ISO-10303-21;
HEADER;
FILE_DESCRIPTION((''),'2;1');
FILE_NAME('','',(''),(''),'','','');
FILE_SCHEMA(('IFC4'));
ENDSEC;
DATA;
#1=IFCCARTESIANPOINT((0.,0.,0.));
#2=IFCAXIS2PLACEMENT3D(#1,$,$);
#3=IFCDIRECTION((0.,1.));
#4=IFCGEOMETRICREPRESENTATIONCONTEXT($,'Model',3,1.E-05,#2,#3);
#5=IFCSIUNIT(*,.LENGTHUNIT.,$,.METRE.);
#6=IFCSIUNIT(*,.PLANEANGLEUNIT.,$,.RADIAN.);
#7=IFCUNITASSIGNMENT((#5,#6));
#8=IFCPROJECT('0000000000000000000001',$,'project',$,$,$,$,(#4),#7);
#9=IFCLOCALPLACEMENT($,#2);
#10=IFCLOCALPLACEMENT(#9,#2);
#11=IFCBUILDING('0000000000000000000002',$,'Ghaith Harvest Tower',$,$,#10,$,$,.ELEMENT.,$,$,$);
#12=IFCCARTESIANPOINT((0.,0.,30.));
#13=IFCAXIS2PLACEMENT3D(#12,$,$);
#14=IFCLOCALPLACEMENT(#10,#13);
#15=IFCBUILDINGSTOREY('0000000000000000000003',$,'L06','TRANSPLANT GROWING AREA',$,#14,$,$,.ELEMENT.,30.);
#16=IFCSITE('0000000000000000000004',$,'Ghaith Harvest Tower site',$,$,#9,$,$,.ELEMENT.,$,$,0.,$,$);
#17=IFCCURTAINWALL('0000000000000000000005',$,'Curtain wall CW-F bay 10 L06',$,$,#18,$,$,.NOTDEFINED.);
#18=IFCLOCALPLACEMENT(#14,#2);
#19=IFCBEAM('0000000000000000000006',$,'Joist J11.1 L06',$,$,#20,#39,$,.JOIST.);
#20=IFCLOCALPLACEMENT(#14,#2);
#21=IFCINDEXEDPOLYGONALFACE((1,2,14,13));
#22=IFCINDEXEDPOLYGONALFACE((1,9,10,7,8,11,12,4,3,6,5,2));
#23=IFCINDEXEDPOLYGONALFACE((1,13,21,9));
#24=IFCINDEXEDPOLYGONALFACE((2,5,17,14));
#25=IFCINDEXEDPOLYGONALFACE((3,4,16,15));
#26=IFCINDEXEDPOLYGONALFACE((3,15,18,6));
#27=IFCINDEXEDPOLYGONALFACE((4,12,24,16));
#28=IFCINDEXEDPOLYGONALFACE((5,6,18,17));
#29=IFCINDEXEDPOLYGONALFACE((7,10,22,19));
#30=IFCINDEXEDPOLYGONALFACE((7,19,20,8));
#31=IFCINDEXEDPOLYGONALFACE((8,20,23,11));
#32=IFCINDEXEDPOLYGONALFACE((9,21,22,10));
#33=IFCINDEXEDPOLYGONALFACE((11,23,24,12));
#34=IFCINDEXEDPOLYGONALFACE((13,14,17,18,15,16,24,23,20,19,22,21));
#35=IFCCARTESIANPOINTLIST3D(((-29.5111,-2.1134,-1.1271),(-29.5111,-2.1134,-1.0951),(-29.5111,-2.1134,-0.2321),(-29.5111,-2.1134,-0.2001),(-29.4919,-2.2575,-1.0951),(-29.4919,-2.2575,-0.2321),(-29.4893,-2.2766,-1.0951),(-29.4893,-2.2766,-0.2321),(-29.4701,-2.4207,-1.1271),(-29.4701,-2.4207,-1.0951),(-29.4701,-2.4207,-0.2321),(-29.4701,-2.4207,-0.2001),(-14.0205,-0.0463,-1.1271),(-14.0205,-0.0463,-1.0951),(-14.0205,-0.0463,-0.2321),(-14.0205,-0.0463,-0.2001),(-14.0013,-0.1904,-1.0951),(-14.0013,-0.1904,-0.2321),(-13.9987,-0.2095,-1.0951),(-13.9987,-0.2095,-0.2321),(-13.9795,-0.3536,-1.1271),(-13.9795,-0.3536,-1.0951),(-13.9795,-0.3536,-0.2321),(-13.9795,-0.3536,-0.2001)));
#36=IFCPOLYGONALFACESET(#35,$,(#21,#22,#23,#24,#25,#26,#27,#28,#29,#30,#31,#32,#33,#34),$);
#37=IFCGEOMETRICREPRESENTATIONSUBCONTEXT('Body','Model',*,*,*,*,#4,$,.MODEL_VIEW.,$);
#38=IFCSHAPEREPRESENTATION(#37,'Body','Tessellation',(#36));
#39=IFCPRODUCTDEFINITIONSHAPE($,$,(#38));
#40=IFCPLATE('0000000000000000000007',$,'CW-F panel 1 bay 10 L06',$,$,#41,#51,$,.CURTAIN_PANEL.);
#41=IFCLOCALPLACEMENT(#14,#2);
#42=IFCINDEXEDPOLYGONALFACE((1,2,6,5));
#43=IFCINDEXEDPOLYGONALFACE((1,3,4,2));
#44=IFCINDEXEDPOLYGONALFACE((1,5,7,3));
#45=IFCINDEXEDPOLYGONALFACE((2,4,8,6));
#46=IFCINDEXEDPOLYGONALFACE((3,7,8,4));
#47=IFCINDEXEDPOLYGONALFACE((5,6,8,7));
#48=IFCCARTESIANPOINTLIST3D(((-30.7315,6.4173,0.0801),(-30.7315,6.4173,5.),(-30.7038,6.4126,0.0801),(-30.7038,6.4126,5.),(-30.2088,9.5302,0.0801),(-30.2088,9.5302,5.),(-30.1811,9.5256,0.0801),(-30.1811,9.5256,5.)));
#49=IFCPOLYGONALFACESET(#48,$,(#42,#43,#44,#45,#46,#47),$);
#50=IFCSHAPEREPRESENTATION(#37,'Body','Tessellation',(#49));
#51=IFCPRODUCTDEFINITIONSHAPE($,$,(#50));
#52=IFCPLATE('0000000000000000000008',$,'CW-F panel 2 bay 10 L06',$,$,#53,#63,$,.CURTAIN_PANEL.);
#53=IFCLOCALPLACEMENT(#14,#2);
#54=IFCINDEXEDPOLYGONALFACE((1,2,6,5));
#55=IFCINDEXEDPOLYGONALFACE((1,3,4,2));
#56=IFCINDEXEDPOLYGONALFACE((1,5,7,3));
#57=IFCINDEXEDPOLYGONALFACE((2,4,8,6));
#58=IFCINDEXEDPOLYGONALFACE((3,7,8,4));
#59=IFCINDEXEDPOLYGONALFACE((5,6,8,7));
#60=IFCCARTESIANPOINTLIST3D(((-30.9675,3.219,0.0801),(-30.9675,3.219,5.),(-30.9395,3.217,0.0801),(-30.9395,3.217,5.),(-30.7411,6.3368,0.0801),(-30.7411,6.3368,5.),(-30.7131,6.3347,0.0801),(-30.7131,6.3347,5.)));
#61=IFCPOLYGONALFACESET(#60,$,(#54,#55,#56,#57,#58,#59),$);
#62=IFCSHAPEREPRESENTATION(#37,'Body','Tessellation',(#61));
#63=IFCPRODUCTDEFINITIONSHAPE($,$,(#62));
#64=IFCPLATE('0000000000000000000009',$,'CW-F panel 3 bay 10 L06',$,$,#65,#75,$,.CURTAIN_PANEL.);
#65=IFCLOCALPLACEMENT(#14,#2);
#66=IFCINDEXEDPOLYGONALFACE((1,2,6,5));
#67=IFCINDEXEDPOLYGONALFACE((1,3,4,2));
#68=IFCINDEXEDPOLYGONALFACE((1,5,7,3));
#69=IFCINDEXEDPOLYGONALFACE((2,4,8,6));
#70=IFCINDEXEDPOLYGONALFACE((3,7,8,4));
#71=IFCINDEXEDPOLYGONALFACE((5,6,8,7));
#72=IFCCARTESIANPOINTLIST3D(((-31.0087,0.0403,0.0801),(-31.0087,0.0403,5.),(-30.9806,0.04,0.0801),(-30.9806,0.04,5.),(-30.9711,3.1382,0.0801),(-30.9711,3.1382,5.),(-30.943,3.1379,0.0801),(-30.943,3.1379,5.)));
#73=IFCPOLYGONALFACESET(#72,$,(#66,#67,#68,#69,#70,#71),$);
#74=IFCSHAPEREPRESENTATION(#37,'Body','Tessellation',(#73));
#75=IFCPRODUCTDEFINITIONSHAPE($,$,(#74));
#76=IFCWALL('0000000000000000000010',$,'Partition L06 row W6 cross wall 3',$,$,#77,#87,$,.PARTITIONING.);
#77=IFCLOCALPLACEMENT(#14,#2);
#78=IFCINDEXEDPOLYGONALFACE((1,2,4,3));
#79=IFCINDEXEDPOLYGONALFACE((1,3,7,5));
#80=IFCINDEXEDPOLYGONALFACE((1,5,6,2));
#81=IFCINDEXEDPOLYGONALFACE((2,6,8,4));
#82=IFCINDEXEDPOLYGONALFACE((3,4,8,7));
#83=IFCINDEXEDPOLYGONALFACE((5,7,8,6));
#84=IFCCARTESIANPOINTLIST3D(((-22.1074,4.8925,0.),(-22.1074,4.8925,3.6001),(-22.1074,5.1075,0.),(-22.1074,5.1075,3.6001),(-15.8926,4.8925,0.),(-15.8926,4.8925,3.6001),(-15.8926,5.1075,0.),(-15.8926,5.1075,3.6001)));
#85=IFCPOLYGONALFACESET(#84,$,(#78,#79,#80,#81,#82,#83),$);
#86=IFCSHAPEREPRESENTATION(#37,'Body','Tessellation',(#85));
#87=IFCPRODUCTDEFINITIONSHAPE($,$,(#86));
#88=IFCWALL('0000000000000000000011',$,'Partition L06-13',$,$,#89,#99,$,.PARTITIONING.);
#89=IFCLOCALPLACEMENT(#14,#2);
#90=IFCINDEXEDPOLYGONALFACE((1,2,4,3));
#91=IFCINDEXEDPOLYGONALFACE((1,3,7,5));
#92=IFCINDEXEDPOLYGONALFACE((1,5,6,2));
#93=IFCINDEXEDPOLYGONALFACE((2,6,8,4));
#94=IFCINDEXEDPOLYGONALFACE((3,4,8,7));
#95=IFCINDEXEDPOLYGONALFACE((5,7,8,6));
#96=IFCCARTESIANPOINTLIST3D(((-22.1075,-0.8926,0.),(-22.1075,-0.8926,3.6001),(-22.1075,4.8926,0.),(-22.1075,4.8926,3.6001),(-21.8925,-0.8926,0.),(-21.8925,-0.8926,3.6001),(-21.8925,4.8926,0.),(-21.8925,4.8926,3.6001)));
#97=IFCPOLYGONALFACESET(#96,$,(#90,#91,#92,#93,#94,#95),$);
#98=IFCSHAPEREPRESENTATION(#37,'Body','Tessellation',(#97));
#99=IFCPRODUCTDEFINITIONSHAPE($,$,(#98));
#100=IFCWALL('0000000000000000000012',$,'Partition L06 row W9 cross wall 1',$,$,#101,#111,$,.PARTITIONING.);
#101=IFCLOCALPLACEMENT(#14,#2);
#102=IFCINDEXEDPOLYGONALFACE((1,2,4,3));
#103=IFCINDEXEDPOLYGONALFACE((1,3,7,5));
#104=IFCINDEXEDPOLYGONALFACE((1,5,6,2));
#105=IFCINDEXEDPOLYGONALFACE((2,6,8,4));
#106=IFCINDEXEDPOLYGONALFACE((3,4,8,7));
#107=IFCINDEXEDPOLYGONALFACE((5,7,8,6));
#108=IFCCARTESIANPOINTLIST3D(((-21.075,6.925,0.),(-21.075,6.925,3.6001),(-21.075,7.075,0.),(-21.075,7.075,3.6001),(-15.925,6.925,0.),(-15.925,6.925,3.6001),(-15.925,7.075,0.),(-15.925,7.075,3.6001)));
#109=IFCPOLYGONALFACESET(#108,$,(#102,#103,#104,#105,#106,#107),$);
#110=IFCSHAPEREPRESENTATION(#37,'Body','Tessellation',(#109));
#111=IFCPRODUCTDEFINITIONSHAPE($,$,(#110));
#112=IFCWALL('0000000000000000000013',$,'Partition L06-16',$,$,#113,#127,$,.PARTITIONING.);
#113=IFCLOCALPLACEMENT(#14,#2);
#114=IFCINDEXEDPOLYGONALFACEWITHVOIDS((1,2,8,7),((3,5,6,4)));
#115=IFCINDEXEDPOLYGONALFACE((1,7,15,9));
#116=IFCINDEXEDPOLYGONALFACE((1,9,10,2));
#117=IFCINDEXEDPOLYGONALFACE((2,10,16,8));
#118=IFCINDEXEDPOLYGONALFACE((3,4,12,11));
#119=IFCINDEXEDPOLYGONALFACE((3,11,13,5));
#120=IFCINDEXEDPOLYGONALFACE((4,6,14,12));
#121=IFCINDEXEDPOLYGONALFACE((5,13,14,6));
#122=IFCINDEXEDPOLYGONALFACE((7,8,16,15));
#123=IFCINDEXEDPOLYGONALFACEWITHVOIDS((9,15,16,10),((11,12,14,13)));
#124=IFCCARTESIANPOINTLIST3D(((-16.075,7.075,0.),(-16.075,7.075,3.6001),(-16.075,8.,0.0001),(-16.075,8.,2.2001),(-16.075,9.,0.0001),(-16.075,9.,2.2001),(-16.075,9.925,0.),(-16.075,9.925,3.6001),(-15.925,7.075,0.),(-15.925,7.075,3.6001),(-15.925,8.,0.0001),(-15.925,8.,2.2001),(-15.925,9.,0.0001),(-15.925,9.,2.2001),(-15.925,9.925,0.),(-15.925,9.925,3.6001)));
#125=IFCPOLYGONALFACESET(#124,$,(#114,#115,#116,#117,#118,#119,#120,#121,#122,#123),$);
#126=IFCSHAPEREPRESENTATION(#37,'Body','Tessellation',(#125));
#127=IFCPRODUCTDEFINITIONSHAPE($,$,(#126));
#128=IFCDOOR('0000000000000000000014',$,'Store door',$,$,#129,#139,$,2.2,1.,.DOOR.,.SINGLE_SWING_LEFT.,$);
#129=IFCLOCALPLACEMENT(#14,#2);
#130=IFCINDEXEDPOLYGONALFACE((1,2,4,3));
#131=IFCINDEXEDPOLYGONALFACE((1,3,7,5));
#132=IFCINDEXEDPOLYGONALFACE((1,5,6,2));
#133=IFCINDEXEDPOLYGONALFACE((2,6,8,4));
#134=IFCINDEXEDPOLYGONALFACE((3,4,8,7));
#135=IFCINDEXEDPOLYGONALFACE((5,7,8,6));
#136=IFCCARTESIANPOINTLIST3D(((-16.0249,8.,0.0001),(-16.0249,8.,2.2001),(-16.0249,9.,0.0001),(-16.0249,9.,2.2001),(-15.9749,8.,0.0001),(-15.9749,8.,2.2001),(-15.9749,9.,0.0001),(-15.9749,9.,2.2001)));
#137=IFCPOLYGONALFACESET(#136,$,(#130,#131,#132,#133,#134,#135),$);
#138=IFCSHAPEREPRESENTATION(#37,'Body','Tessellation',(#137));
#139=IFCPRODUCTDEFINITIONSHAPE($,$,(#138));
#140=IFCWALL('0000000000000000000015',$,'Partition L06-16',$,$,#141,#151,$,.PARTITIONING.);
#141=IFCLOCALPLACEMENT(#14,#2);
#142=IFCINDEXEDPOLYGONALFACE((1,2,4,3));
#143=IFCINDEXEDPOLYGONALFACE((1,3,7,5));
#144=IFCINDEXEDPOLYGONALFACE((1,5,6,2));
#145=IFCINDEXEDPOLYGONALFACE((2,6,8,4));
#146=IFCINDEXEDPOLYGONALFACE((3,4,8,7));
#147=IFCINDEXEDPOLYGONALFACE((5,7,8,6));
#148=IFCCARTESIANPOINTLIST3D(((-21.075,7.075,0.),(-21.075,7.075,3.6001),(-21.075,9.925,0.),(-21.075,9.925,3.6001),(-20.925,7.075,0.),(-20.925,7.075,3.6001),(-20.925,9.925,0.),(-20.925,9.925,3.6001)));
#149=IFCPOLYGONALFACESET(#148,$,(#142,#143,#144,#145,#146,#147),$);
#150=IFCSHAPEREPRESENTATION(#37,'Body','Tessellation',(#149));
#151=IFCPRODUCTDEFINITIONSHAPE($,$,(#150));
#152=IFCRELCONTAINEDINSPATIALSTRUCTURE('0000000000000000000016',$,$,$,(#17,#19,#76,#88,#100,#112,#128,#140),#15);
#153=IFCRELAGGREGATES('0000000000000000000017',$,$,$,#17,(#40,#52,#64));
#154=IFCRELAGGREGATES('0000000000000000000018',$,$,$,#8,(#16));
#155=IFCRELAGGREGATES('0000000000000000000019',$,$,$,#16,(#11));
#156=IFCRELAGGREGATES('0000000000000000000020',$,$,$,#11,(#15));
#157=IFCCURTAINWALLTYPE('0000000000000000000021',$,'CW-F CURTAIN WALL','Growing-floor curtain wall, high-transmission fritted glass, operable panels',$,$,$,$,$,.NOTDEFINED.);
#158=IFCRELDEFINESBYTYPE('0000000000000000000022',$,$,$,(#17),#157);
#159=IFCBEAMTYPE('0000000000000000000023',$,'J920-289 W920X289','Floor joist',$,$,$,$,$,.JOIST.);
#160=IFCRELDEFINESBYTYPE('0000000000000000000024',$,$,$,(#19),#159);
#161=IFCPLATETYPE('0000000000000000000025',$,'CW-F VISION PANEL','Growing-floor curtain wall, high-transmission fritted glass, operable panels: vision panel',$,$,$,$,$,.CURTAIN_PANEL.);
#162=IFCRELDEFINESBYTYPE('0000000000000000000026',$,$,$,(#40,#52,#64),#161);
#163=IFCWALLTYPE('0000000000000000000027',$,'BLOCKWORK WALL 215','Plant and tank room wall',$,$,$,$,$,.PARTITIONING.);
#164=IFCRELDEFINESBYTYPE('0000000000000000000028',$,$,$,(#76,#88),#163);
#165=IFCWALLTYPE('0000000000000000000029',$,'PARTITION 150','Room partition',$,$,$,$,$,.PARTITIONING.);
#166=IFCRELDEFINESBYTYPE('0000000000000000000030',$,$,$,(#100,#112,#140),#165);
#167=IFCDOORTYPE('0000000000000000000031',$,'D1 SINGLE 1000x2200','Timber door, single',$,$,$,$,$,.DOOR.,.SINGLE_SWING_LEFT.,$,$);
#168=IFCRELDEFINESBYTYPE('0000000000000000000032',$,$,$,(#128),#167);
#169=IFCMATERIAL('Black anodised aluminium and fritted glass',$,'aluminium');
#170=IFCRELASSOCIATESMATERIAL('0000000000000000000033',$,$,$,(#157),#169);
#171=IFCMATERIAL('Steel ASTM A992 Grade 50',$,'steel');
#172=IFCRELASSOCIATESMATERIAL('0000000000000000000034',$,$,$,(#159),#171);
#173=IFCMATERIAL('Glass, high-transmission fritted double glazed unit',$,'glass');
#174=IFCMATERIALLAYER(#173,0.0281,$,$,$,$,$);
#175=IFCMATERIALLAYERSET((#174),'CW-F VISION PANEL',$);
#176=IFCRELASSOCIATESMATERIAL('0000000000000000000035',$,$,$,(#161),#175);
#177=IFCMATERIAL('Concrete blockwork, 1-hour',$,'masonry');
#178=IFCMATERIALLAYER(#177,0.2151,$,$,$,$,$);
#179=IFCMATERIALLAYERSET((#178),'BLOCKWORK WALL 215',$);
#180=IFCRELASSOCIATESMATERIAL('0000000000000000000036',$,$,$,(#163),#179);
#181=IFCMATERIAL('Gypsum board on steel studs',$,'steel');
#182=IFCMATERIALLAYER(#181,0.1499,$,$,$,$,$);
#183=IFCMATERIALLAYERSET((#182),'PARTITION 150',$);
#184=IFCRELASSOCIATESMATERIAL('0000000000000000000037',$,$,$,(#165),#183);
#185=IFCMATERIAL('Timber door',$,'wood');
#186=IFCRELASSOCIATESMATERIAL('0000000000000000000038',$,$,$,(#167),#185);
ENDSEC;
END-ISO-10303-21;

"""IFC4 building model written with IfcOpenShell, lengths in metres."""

from ifc_helpers import new_model, si_unit, direction, frame, frame_2d, origin, origin_2d, place, context, subcontext, project, spatial, rectangle, i_section, extrude, material, layer, layer_set, material_profile, profile_set, type_object, element, fill, aggregate, save


model = new_model("IFC4")

# Units and contexts
model_context = context("Model", 3, precision=1e-05, world=origin(), true_north=direction((0.0, 1.0)))
body_context = subcontext(model_context, "Body", "Model", "MODEL_VIEW")
ifc_project = project(units=[si_unit("LENGTHUNIT", "METRE"), si_unit("PLANEANGLEUNIT", "RADIAN")], contexts=[model_context])

# Site, building, storey
site_placement = place(None, origin())
site = spatial("IfcSite", under=ifc_project, at=site_placement, Name="Ghaith Harvest Tower site", CompositionType="ELEMENT", RefElevation=0.0)
building_placement = place(site_placement, origin())
building = spatial("IfcBuilding", under=site, at=building_placement, Name="Ghaith Harvest Tower", CompositionType="ELEMENT")
storey_placement = place(building_placement, frame((0.0, 0.0, 30.0)))
storey = spatial("IfcBuildingStorey", under=building, at=storey_placement, Name="L06", Description="TRANSPLANT GROWING AREA", CompositionType="ELEMENT", Elevation=30.0)

# Curtain wall
ifc_material_1 = material(Name="Black anodised aluminium and fritted glass", Category="aluminium")
curtain_wall_type = type_object("IfcCurtainWallType", Name="CW-F CURTAIN WALL", Description="Growing-floor curtain wall, high-transmission fritted glass, operable panels", PredefinedType="NOTDEFINED", material=ifc_material_1)
curtain_wall_1_placement = place(storey_placement, origin())
curtain_wall_1 = element("IfcCurtainWall", 1, at=curtain_wall_1_placement, inside=storey, type_object=curtain_wall_type, Name="Curtain wall CW-F bay 10 L06", PredefinedType="NOTDEFINED")

# Beam
ifc_material_2 = material(Name="Steel ASTM A992 Grade 50", Category="steel")
ifc_material_profile_1 = material_profile(ifc_material_2, i_section(OverallWidth=0.3101, OverallDepth=0.927, WebThickness=0.0193, FlangeThickness=0.032, at=origin_2d()), Name="W920X289")
ifc_profile_set_1 = profile_set([ifc_material_profile_1], Name="Steel ASTM A992 Grade 50")
beam_type_1 = type_object("IfcBeamType", Name="J920-289 W920X289", Description="Floor joist", PredefinedType="JOIST", material=ifc_profile_set_1)
beam_1_placement = place(storey_placement, frame((-14.0, -0.2, -0.6636), z_axis=(-0.991214, -0.132271, 0.0), x_axis=(0.132271, -0.991214, 0.0)))
element("IfcBeam", 2, at=beam_1_placement, inside=storey, type_object=beam_type_1, Name="Joist J11.1 L06", PredefinedType="JOIST", context=body_context, shape_type="SweptSolid", body=[
    extrude(i_section(OverallWidth=0.3101, OverallDepth=0.927, WebThickness=0.0193, FlangeThickness=0.032, at=origin_2d()), origin(), (0.0, 0.0, 1.0), 15.6279),
])

# Plates
ifc_material_3 = material(Name="Glass, high-transmission fritted double glazed unit", Category="glass")
ifc_layer_1 = layer(ifc_material_3, 0.0281)
ifc_layer_set_1 = layer_set([ifc_layer_1], Name="CW-F VISION PANEL")
plate_type = type_object("IfcPlateType", Name="CW-F VISION PANEL", Description="Growing-floor curtain wall, high-transmission fritted glass, operable panels: vision panel", PredefinedType="CURTAIN_PANEL", material=ifc_layer_set_1)
plate_1_placement = place(storey_placement, frame((-30.4563, 7.9714, 0.0801), z_axis=(0.0, 0.0, 1.0), x_axis=(-0.165581, -0.986196, 0.0)))
plate_1 = element("IfcPlate", 3, at=plate_1_placement, type_object=plate_type, Name="CW-F panel 1 bay 10 L06", PredefinedType="CURTAIN_PANEL", context=body_context, shape_type="SweptSolid", body=[
    extrude(rectangle(XDim=3.1565, YDim=0.0281, at=origin_2d()), origin(), (0.0, 0.0, 1.0), 4.9199),
])
plate_2_placement = place(storey_placement, frame((-30.8403, 4.7769, 0.0801), z_axis=(0.0, 0.0, 1.0), x_axis=(-0.072421, -0.997374, 0.0)))
plate_2 = element("IfcPlate", 4, at=plate_2_placement, type_object=plate_type, Name="CW-F panel 2 bay 10 L06", PredefinedType="CURTAIN_PANEL", context=body_context, shape_type="SweptSolid", body=[
    extrude(rectangle(XDim=3.126, YDim=0.0281, at=origin_2d()), origin(), (0.0, 0.0, 1.0), 4.9199),
])
plate_3_placement = place(storey_placement, frame((-30.9758, 1.5891, 0.0801), z_axis=(0.0, 0.0, 1.0), x_axis=(-0.012133, -0.999926, 0.0)))
plate_3 = element("IfcPlate", 5, at=plate_3_placement, type_object=plate_type, Name="CW-F panel 3 bay 10 L06", PredefinedType="CURTAIN_PANEL", context=body_context, shape_type="SweptSolid", body=[
    extrude(rectangle(XDim=3.0981, YDim=0.0281, at=origin_2d()), origin(), (0.0, 0.0, 1.0), 4.9199),
])
aggregate(curtain_wall_1, [plate_1, plate_2, plate_3])

# Wall
ifc_material_4 = material(Name="Concrete blockwork, 1-hour", Category="masonry")
ifc_layer_2 = layer(ifc_material_4, 0.2151)
ifc_layer_set_2 = layer_set([ifc_layer_2], Name="BLOCKWORK WALL 215")
wall_type_1 = type_object("IfcWallType", Name="BLOCKWORK WALL 215", Description="Plant and tank room wall", PredefinedType="PARTITIONING", material=ifc_layer_set_2)
wall_1_placement = place(storey_placement, frame((-15.8926, 5.0, 0.0), z_axis=(0.0, 0.0, 1.0), x_axis=(-1.0, 0.0, 0.0)))
element("IfcWall", 6, at=wall_1_placement, inside=storey, type_object=wall_type_1, Name="Partition L06 row W6 cross wall 3", PredefinedType="PARTITIONING", context=body_context, shape_type="SweptSolid", body=[
    extrude(rectangle(XDim=6.2148, YDim=0.2151, at=frame_2d((3.1074, 0.0))), origin(), (0.0, 0.0, 1.0), 3.6001),
])

# Walls
wall_2_placement = place(storey_placement, frame((-22.0, -0.8926, 0.0), z_axis=(0.0, 0.0, 1.0), x_axis=(0.0, 1.0, 0.0)))
element("IfcWall", 7, at=wall_2_placement, inside=storey, type_object=wall_type_1, Name="Partition L06-13", PredefinedType="PARTITIONING", context=body_context, shape_type="SweptSolid", body=[
    extrude(rectangle(XDim=5.7852, YDim=0.2151, at=frame_2d((2.8926, 0.0))), origin(), (0.0, 0.0, 1.0), 3.6001),
])
ifc_material_5 = material(Name="Gypsum board on steel studs", Category="steel")
ifc_layer_3 = layer(ifc_material_5, 0.1499)
ifc_layer_set_3 = layer_set([ifc_layer_3], Name="PARTITION 150")
wall_type_2 = type_object("IfcWallType", Name="PARTITION 150", Description="Room partition", PredefinedType="PARTITIONING", material=ifc_layer_set_3)
wall_3_placement = place(storey_placement, frame((-15.925, 7.0, 0.0), z_axis=(0.0, 0.0, 1.0), x_axis=(-1.0, 0.0, 0.0)))
element("IfcWall", 8, at=wall_3_placement, inside=storey, type_object=wall_type_2, Name="Partition L06 row W9 cross wall 1", PredefinedType="PARTITIONING", context=body_context, shape_type="SweptSolid", body=[
    extrude(rectangle(XDim=5.1499, YDim=0.1499, at=frame_2d((2.575, 0.0))), origin(), (0.0, 0.0, 1.0), 3.6001),
])

# Wall, opening, door
wall_4_placement = place(storey_placement, frame((-16.0, 7.075, 0.0), z_axis=(0.0, 0.0, 1.0), x_axis=(0.0, 1.0, 0.0)))
wall_4 = element("IfcWall", 9, at=wall_4_placement, inside=storey, type_object=wall_type_2, Name="Partition L06-16", PredefinedType="PARTITIONING", context=body_context, shape_type="SweptSolid", body=[
    extrude(rectangle(XDim=2.8501, YDim=0.1499, at=frame_2d((1.425, 0.0))), origin(), (0.0, 0.0, 1.0), 3.6001),
])
opening_1_placement = place(wall_4_placement, frame((0.925, 0.0, 0.0)))
opening_1 = element("IfcOpeningElement", 10, at=opening_1_placement, cuts=wall_4, PredefinedType="OPENING", context=body_context, shape_type="SweptSolid", body=[
    extrude(rectangle(XDim=1.0, YDim=2.2, at=frame_2d((0.5, 1.1001))), frame((0.0, 0.085, 0.0), z_axis=(0.0, -1.0, 0.0), x_axis=(1.0, 0.0, 0.0)), (0.0, 0.0, 1.0), 0.1699),
])
ifc_material_6 = material(Name="Timber door", Category="wood")
door_type_1 = type_object("IfcDoorType", Name="D1 SINGLE 1000x2200", Description="Timber door, single", OperationType="SINGLE_SWING_LEFT", PredefinedType="DOOR", material=ifc_material_6)
door_1_placement = place(opening_1_placement, origin())
door_1 = element("IfcDoor", 11, at=door_1_placement, inside=storey, type_object=door_type_1, Name="Store door", OperationType="SINGLE_SWING_LEFT", OverallHeight=2.2, OverallWidth=1.0, PredefinedType="DOOR", context=body_context, shape_type="SweptSolid", body=[
    extrude(rectangle(XDim=1.0, YDim=2.2, at=frame_2d((0.5, 1.1001))), frame((0.0, 0.0249, 0.0), z_axis=(0.0, -1.0, 0.0), x_axis=(1.0, 0.0, 0.0)), (0.0, 0.0, 1.0), 0.05),
])
fill(opening_1, door_1)

# Wall
wall_5_placement = place(storey_placement, frame((-21.0, 7.075, 0.0), z_axis=(0.0, 0.0, 1.0), x_axis=(0.0, 1.0, 0.0)))
element("IfcWall", 12, at=wall_5_placement, inside=storey, type_object=wall_type_2, Name="Partition L06-16", PredefinedType="PARTITIONING", context=body_context, shape_type="SweptSolid", body=[
    extrude(rectangle(XDim=2.8501, YDim=0.1499, at=frame_2d((1.425, 0.0))), origin(), (0.0, 0.0, 1.0), 3.6001),
])

save(model, "model.ifc")
